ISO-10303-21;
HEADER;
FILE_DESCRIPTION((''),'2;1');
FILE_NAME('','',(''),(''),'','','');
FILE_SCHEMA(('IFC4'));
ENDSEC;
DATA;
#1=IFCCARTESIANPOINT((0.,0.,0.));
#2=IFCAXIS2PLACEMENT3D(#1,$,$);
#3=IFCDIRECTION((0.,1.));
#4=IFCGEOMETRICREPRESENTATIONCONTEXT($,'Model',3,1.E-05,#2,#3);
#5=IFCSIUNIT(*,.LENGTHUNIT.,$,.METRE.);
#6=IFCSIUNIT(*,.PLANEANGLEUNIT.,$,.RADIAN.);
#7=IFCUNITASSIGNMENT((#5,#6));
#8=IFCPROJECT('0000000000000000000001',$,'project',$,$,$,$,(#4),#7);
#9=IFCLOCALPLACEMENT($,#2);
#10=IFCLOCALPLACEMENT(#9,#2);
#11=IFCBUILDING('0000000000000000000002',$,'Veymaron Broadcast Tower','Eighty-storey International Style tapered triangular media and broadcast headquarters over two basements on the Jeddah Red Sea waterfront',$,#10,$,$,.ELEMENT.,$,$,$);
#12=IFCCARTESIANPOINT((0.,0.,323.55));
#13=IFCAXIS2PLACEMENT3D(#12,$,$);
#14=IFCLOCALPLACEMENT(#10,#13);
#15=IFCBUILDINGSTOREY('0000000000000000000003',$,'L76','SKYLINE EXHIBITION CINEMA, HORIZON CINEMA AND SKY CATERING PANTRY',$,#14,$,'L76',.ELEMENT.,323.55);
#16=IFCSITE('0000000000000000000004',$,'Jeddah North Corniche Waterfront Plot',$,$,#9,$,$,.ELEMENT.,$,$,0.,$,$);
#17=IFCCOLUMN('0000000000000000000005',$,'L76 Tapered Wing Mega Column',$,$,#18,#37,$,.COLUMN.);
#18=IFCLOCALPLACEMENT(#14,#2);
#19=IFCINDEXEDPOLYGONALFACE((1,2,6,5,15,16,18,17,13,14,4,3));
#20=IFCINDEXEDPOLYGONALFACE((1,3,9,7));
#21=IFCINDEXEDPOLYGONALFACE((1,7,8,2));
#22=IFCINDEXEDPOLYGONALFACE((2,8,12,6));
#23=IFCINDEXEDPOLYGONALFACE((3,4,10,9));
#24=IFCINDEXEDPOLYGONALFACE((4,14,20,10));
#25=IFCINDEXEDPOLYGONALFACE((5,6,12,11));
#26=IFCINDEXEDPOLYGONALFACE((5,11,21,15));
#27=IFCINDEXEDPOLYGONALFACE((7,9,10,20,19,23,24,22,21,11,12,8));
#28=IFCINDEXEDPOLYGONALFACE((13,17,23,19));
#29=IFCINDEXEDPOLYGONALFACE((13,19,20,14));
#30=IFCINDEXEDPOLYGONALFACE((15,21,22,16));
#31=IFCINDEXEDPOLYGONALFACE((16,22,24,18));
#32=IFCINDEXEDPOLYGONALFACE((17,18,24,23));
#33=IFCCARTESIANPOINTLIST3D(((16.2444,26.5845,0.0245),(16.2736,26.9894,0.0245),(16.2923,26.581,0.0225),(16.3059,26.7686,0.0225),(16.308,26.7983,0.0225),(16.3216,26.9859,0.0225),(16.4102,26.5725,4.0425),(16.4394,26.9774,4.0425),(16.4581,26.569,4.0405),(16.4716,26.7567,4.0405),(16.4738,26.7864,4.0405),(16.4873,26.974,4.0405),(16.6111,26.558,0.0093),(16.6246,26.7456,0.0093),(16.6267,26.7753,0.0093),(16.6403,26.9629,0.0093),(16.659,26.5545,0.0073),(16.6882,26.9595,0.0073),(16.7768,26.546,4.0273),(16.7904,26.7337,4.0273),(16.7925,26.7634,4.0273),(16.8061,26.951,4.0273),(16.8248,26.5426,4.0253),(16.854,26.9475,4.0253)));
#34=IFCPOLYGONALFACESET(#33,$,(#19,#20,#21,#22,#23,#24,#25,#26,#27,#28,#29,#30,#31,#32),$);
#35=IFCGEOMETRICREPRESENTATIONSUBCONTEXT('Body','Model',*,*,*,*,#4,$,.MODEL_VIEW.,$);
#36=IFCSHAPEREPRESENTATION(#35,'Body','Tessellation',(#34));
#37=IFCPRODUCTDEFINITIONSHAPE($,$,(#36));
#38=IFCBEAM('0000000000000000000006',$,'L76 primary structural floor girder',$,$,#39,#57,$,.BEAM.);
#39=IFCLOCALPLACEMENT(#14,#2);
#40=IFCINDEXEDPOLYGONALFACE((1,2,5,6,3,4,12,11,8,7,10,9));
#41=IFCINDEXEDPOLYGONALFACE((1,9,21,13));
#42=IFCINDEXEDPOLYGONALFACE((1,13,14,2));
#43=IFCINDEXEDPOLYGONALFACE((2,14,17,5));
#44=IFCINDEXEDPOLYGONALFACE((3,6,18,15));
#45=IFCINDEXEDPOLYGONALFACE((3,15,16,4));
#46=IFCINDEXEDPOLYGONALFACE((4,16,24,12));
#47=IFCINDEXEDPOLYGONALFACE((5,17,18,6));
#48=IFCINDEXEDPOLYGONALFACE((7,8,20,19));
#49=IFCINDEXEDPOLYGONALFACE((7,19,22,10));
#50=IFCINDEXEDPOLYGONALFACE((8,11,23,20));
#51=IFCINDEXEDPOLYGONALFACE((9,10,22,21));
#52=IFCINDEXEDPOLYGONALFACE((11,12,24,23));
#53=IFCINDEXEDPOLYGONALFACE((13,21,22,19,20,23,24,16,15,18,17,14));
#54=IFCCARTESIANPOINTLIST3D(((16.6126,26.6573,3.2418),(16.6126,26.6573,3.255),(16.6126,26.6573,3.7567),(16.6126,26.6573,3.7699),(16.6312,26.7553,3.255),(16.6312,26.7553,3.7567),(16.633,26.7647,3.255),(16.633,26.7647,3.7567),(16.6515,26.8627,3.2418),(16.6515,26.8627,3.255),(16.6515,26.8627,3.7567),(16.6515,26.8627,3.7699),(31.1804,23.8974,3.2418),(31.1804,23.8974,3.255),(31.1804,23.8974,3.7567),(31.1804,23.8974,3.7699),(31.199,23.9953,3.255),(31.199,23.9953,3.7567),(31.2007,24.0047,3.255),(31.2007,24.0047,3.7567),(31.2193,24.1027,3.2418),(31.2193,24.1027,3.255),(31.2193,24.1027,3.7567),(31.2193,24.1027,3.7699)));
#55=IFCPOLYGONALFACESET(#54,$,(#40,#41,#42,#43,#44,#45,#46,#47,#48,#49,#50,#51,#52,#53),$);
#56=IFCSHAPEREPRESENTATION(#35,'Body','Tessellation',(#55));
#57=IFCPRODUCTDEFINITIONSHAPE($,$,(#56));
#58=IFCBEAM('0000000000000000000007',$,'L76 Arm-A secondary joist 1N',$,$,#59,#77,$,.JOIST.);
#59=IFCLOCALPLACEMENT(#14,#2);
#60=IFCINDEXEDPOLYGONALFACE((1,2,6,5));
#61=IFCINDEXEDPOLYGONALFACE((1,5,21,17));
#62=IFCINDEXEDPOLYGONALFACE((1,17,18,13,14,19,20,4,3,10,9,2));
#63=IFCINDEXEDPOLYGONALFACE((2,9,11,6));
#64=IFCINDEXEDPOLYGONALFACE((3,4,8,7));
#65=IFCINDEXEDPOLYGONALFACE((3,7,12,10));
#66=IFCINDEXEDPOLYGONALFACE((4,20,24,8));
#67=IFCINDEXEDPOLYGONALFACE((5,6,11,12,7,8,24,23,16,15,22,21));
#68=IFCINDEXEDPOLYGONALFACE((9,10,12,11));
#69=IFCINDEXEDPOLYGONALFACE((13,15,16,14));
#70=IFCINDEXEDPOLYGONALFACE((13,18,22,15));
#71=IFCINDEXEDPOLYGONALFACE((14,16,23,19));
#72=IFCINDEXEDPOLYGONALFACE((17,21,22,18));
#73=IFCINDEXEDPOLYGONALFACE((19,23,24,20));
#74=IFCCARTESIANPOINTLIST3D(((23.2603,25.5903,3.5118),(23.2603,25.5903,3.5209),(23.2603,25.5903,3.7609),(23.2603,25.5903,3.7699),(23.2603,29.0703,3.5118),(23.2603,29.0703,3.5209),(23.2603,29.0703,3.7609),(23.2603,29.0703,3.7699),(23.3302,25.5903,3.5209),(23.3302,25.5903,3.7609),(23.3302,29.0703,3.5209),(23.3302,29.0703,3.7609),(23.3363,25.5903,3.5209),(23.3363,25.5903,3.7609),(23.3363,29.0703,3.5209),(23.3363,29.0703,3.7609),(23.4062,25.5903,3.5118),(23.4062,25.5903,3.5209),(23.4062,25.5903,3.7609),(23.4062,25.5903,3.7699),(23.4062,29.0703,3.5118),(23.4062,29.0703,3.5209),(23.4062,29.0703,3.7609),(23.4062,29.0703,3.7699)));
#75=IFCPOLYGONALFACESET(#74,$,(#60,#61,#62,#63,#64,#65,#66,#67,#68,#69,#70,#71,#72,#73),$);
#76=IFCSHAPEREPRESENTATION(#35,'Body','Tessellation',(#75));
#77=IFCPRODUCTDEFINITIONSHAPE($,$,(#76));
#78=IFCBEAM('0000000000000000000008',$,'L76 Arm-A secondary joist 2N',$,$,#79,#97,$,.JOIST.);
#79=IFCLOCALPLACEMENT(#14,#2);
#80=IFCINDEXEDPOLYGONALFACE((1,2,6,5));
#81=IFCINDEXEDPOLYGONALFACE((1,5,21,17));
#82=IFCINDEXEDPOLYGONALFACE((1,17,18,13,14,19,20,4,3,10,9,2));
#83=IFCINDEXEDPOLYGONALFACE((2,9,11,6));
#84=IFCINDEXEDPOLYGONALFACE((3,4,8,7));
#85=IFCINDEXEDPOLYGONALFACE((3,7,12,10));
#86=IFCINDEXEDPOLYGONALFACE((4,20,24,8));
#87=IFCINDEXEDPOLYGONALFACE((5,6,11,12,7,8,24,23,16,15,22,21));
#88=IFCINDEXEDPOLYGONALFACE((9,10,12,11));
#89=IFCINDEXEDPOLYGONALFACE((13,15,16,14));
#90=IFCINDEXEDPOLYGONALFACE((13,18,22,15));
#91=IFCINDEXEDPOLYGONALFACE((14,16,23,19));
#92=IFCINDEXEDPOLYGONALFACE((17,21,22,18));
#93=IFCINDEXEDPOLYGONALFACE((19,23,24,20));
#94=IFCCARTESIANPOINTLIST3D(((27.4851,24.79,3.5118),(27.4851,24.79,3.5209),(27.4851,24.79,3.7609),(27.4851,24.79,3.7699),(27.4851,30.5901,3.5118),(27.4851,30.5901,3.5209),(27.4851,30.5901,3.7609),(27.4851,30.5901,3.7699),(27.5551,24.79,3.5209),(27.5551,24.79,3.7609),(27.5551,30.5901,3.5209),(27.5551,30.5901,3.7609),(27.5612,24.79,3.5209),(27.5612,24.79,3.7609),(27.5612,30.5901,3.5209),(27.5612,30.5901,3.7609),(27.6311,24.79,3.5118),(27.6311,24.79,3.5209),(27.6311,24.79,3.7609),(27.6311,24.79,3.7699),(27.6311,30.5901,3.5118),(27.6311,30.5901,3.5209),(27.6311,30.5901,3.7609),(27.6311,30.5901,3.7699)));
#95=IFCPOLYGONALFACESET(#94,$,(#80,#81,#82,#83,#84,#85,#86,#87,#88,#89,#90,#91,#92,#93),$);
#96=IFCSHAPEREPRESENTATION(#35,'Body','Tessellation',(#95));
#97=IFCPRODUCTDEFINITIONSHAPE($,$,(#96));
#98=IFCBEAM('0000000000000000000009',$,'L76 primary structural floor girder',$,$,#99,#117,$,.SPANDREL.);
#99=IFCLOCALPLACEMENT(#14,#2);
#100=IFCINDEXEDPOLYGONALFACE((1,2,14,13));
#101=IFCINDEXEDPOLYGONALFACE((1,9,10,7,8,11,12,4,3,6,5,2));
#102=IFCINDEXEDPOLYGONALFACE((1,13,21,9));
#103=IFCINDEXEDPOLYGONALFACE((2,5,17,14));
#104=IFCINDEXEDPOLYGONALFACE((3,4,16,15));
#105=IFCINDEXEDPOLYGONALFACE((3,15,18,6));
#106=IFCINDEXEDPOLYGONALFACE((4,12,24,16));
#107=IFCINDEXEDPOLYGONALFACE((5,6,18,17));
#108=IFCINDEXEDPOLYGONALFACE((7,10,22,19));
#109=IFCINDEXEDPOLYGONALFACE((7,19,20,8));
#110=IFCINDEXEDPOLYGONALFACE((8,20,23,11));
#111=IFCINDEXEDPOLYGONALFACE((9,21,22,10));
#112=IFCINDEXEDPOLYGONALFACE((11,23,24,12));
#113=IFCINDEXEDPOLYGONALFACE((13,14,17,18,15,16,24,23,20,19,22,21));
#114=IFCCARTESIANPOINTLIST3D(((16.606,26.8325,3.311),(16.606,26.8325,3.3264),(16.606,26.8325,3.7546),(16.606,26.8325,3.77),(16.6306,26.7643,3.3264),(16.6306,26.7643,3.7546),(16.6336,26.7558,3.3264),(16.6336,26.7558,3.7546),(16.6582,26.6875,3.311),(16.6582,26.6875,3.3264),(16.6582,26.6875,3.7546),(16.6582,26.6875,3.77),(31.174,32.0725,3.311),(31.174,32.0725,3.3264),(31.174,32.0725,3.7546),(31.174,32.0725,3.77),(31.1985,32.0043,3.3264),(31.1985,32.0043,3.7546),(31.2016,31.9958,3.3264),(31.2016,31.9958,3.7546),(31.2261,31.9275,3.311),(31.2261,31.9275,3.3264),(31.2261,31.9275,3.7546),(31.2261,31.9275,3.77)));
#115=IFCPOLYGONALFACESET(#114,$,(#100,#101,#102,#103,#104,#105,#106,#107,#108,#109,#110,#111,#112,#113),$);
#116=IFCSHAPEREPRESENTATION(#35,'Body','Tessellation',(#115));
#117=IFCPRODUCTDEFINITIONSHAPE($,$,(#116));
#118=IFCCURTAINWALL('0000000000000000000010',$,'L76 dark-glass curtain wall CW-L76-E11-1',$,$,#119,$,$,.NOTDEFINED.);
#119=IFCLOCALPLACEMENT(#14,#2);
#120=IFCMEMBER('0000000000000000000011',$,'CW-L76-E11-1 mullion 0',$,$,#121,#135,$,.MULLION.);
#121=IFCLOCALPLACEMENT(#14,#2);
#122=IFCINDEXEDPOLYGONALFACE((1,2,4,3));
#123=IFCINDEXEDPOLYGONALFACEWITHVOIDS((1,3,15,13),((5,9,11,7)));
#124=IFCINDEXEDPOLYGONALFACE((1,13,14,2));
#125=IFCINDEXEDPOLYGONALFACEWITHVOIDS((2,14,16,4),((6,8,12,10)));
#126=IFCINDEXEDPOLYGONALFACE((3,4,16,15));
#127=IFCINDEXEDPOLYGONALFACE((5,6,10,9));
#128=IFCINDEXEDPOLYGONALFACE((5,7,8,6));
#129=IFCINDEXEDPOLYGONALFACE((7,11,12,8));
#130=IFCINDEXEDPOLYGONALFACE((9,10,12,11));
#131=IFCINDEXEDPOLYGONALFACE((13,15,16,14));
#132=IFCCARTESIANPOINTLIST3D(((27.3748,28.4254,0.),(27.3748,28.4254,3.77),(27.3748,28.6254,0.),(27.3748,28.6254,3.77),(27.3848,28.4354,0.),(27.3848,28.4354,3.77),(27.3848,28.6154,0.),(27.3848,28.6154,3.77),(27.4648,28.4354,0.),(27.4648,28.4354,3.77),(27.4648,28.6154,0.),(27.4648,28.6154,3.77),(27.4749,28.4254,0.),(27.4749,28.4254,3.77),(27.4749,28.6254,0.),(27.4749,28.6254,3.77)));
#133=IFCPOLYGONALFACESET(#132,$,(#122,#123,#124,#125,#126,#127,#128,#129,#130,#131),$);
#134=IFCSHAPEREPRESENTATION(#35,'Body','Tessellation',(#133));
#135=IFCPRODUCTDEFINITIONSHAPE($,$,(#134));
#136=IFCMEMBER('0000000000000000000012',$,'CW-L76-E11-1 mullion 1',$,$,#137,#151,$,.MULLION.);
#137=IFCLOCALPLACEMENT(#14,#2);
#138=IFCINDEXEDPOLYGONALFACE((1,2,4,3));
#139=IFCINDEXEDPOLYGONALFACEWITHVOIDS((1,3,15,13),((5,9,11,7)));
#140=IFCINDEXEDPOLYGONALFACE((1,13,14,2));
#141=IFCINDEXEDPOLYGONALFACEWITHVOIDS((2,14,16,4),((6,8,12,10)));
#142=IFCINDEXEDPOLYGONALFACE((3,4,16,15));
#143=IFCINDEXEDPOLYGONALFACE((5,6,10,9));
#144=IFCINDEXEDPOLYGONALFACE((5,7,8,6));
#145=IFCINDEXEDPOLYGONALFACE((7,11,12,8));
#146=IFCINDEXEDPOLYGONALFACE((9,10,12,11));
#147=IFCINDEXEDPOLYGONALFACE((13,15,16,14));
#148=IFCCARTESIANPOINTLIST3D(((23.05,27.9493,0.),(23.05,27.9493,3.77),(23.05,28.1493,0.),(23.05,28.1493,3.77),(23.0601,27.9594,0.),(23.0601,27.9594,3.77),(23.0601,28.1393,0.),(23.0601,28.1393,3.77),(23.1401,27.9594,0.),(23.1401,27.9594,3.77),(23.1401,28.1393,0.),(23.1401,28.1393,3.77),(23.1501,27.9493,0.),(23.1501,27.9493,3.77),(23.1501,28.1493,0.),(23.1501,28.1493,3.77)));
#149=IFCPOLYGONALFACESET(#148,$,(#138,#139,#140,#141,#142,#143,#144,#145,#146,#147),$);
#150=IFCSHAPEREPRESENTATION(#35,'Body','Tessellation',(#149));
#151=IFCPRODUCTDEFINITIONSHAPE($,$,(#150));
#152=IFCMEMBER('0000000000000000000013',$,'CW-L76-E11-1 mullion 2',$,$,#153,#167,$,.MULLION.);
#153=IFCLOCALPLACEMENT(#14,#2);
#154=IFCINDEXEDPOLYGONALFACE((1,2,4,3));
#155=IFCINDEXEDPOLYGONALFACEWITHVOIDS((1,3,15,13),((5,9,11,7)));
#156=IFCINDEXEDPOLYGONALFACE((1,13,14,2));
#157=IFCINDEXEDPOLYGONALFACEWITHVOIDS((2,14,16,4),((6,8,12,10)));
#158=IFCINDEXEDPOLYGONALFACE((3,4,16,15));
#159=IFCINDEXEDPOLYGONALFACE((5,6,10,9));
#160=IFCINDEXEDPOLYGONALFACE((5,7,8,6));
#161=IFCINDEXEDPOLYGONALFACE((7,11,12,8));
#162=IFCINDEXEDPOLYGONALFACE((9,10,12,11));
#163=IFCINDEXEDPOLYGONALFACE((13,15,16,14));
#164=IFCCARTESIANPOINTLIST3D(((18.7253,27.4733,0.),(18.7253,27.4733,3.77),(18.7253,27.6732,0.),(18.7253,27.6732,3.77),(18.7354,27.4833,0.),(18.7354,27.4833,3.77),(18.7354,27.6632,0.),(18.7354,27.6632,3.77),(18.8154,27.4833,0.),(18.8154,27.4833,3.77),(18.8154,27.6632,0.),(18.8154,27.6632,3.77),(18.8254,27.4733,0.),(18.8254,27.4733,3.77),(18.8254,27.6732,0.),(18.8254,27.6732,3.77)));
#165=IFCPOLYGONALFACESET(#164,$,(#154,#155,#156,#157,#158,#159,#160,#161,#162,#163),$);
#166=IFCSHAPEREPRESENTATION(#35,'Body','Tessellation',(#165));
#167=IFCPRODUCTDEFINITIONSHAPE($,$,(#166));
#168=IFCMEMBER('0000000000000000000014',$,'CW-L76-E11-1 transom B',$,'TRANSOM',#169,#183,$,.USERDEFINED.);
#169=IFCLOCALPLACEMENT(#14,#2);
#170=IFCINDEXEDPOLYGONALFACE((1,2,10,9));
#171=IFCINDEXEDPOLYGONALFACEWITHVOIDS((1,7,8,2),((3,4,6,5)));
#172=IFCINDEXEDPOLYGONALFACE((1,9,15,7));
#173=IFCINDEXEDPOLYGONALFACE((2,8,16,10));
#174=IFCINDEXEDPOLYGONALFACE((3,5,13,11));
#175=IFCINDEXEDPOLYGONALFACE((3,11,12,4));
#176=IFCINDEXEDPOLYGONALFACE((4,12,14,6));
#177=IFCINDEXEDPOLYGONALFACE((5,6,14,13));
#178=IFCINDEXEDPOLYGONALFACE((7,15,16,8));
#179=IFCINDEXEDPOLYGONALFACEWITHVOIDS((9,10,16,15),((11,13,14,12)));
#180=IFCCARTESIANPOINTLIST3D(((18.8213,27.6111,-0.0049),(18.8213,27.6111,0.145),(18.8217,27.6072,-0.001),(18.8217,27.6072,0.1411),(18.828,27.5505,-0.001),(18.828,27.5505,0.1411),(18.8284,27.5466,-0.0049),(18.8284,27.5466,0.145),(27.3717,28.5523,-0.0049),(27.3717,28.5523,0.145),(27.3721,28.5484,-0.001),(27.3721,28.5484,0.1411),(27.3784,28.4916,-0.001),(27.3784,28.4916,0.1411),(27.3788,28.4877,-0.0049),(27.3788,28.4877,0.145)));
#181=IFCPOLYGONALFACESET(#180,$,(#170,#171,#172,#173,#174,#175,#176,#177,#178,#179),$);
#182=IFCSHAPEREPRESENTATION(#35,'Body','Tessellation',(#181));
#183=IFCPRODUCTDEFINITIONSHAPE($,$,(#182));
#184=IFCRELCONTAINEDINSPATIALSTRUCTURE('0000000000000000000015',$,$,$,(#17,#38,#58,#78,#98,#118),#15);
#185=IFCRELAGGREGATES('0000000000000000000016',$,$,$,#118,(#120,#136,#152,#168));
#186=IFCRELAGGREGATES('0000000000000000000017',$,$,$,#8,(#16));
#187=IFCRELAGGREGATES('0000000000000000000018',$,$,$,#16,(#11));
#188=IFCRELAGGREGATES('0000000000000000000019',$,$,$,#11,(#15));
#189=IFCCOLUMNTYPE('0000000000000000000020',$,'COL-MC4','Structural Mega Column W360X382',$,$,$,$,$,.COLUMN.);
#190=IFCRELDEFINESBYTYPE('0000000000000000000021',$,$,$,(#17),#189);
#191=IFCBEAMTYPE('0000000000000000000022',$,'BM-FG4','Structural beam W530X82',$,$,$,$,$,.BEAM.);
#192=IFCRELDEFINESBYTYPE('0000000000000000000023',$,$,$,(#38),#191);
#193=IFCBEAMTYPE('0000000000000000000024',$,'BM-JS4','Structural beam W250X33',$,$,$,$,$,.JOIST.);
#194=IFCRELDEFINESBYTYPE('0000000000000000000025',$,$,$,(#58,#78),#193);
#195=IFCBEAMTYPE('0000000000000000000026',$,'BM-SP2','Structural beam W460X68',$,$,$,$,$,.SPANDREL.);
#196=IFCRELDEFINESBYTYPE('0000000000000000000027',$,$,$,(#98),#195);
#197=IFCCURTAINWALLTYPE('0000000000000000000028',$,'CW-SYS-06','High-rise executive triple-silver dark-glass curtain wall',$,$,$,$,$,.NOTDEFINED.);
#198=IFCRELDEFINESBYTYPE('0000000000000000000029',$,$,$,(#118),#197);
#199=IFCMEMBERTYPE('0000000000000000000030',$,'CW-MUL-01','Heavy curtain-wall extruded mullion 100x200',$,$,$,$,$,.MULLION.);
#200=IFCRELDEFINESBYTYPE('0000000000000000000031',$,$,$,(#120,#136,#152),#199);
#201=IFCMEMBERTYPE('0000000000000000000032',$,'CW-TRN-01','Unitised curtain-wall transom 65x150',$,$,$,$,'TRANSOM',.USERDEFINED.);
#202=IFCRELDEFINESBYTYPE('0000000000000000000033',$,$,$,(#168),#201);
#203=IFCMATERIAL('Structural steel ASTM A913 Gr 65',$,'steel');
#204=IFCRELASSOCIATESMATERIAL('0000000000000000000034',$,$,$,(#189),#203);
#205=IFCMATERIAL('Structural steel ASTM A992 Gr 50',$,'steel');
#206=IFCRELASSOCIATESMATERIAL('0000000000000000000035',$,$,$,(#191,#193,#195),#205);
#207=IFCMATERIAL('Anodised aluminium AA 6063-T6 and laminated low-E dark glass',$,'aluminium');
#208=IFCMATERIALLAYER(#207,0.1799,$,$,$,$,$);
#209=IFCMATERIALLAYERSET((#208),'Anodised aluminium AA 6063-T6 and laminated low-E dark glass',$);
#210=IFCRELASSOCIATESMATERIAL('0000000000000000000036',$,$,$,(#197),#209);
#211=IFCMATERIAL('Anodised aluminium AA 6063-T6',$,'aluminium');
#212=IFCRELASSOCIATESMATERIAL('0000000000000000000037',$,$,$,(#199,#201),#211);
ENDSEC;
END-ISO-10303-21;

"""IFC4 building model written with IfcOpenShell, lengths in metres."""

from ifc_helpers import new_model, si_unit, direction, frame, origin, origin_2d, place, context, subcontext, project, spatial, hollow_rectangle, i_section, extrude, material, layer, layer_set, material_profile, profile_set, type_object, element, aggregate, save


model = new_model("IFC4")

# Units and contexts
model_context = context("Model", 3, precision=1e-05, world=origin(), true_north=direction((0.0, 1.0)))
body_context = subcontext(model_context, "Body", "Model", "MODEL_VIEW")
ifc_project = project(units=[si_unit("LENGTHUNIT", "METRE"), si_unit("PLANEANGLEUNIT", "RADIAN")], contexts=[model_context])

# Site, building, storey
site_placement = place(None, origin())
site = spatial("IfcSite", under=ifc_project, at=site_placement, Name="Jeddah North Corniche Waterfront Plot", CompositionType="ELEMENT", RefElevation=0.0)
building_placement = place(site_placement, origin())
building = spatial("IfcBuilding", under=site, at=building_placement, Name="Veymaron Broadcast Tower", Description="Eighty-storey International Style tapered triangular media and broadcast headquarters over two basements on the Jeddah Red Sea waterfront", CompositionType="ELEMENT")
storey_placement = place(building_placement, frame((0.0, 0.0, 323.55)))
storey = spatial("IfcBuildingStorey", under=building, at=storey_placement, Name="L76", Description="SKYLINE EXHIBITION CINEMA, HORIZON CINEMA AND SKY CATERING PANTRY", LongName="L76", CompositionType="ELEMENT", Elevation=323.55)

# Column
ifc_material_1 = material(Name="Structural steel ASTM A913 Gr 65", Category="steel")
ifc_material_profile_1 = material_profile(ifc_material_1, i_section(OverallWidth=0.406, OverallDepth=0.416, WebThickness=0.0298, FlangeThickness=0.0481, at=origin_2d()), Name="W360X382")
ifc_profile_set_1 = profile_set([ifc_material_profile_1], Name="Structural steel ASTM A913 Gr 65")
column_type = type_object("IfcColumnType", Name="COL-MC4", Description="Structural Mega Column W360X382", PredefinedType="COLUMN", material=ifc_profile_set_1)
column_placement = place(storey_placement, frame((16.4663, 26.772, 0.0159), z_axis=(0.041221, -0.002975, 0.999146), x_axis=(0.071978, 0.997406, 0.0)))
element("IfcColumn", 1, at=column_placement, inside=storey, type_object=column_type, Name="L76 Tapered Wing Mega Column", PredefinedType="COLUMN", context=body_context, shape_type="SweptSolid", body=[
    extrude(i_section(OverallWidth=0.406, OverallDepth=0.416, WebThickness=0.0298, FlangeThickness=0.0481, at=origin_2d()), origin(), (0.0, 0.0, 1.0), 4.0215),
])

# Beams
ifc_material_2 = material(Name="Structural steel ASTM A992 Gr 50", Category="steel")
ifc_material_profile_2 = material_profile(ifc_material_2, i_section(OverallWidth=0.209, OverallDepth=0.5281, WebThickness=0.0095, FlangeThickness=0.0132, at=origin_2d()), Name="W530X82")
ifc_profile_set_2 = profile_set([ifc_material_profile_2], Name="Structural steel ASTM A992 Gr 50")
beam_type_1 = type_object("IfcBeamType", Name="BM-FG4", Description="Structural beam W530X82", PredefinedType="BEAM", material=ifc_profile_set_2)
beam_1_placement = place(storey_placement, frame((16.6321, 26.76, 3.5059), z_axis=(0.982522, -0.186147, 0.0), x_axis=(0.186147, 0.982522, 0.0)))
element("IfcBeam", 2, at=beam_1_placement, inside=storey, type_object=beam_type_1, Name="L76 primary structural floor girder", PredefinedType="BEAM", context=body_context, shape_type="SweptSolid", body=[
    extrude(i_section(OverallWidth=0.209, OverallDepth=0.5281, WebThickness=0.0095, FlangeThickness=0.0132, at=origin_2d()), origin(), (0.0, 0.0, 1.0), 14.8269),
])
ifc_material_profile_3 = material_profile(ifc_material_2, i_section(OverallWidth=0.146, OverallDepth=0.2581, WebThickness=0.0061, FlangeThickness=0.009, at=origin_2d()), Name="W250X33")
ifc_profile_set_3 = profile_set([ifc_material_profile_3], Name="Structural steel ASTM A992 Gr 50")
beam_type_2 = type_object("IfcBeamType", Name="BM-JS4", Description="Structural beam W250X33", PredefinedType="JOIST", material=ifc_profile_set_3)
beam_2_placement = place(storey_placement, frame((23.3333, 25.5903, 3.6409), z_axis=(0.0, 1.0, 0.0), x_axis=(-1.0, 0.0, 0.0)))
element("IfcBeam", 3, at=beam_2_placement, inside=storey, type_object=beam_type_2, Name="L76 Arm-A secondary joist 1N", PredefinedType="JOIST", context=body_context, shape_type="SweptSolid", body=[
    extrude(i_section(OverallWidth=0.146, OverallDepth=0.2581, WebThickness=0.0061, FlangeThickness=0.009, at=origin_2d()), origin(), (0.0, 0.0, 1.0), 3.48),
])
beam_3_placement = place(storey_placement, frame((27.5581, 24.79, 3.6409), z_axis=(0.0, 1.0, 0.0), x_axis=(-1.0, 0.0, 0.0)))
element("IfcBeam", 4, at=beam_3_placement, inside=storey, type_object=beam_type_2, Name="L76 Arm-A secondary joist 2N", PredefinedType="JOIST", context=body_context, shape_type="SweptSolid", body=[
    extrude(i_section(OverallWidth=0.146, OverallDepth=0.2581, WebThickness=0.0061, FlangeThickness=0.009, at=origin_2d()), origin(), (0.0, 0.0, 1.0), 5.8),
])
ifc_material_profile_4 = material_profile(ifc_material_2, i_section(OverallWidth=0.1541, OverallDepth=0.459, WebThickness=0.009, FlangeThickness=0.0154, at=origin_2d()), Name="W460X68")
ifc_profile_set_4 = profile_set([ifc_material_profile_4], Name="Structural steel ASTM A992 Gr 50")
beam_type_3 = type_object("IfcBeamType", Name="BM-SP2", Description="Structural beam W460X68", PredefinedType="SPANDREL", material=ifc_profile_set_4)
beam_4_placement = place(storey_placement, frame((16.6321, 26.76, 3.5405), z_axis=(0.940979, 0.338465, 0.0), x_axis=(-0.338465, 0.940979, 0.0)))
element("IfcBeam", 5, at=beam_4_placement, inside=storey, type_object=beam_type_3, Name="L76 primary structural floor girder", PredefinedType="SPANDREL", context=body_context, shape_type="SweptSolid", body=[
    extrude(i_section(OverallWidth=0.1541, OverallDepth=0.459, WebThickness=0.009, FlangeThickness=0.0154, at=origin_2d()), origin(), (0.0, 0.0, 1.0), 15.4817),
])

# Curtain wall, members
ifc_material_3 = material(Name="Anodised aluminium AA 6063-T6 and laminated low-E dark glass", Category="aluminium")
ifc_layer_1 = layer(ifc_material_3, 0.1799)
ifc_layer_set_1 = layer_set([ifc_layer_1], Name="Anodised aluminium AA 6063-T6 and laminated low-E dark glass")
curtain_wall_type = type_object("IfcCurtainWallType", Name="CW-SYS-06", Description="High-rise executive triple-silver dark-glass curtain wall", PredefinedType="NOTDEFINED", material=ifc_layer_set_1)
curtain_wall_placement = place(storey_placement, origin())
curtain_wall = element("IfcCurtainWall", 6, at=curtain_wall_placement, inside=storey, type_object=curtain_wall_type, Name="L76 dark-glass curtain wall CW-L76-E11-1", PredefinedType="NOTDEFINED")
ifc_material_4 = material(Name="Anodised aluminium AA 6063-T6", Category="aluminium")
ifc_material_profile_5 = material_profile(ifc_material_4, hollow_rectangle(XDim=0.1001, YDim=0.2, WallThickness=0.01, at=origin_2d()), Name="RHS200X100X10")
ifc_profile_set_5 = profile_set([ifc_material_profile_5], Name="Anodised aluminium AA 6063-T6")
member_type_1 = type_object("IfcMemberType", Name="CW-MUL-01", Description="Heavy curtain-wall extruded mullion 100x200", PredefinedType="MULLION", material=ifc_profile_set_5)
member_1_placement = place(storey_placement, frame((27.4248, 28.5254, 0.0), z_axis=(0.0, 0.0, 1.0), x_axis=(1.0, 0.0, 0.0)))
member_1 = element("IfcMember", 7, at=member_1_placement, type_object=member_type_1, Name="CW-L76-E11-1 mullion 0", PredefinedType="MULLION", context=body_context, shape_type="SweptSolid", body=[
    extrude(hollow_rectangle(XDim=0.1001, YDim=0.2, WallThickness=0.01, at=origin_2d()), origin(), (0.0, 0.0, 1.0), 3.77),
])
member_2_placement = place(storey_placement, frame((23.1001, 28.0493, 0.0), z_axis=(0.0, 0.0, 1.0), x_axis=(1.0, 0.0, 0.0)))
member_2 = element("IfcMember", 8, at=member_2_placement, type_object=member_type_1, Name="CW-L76-E11-1 mullion 1", PredefinedType="MULLION", context=body_context, shape_type="SweptSolid", body=[
    extrude(hollow_rectangle(XDim=0.1001, YDim=0.2, WallThickness=0.01, at=origin_2d()), origin(), (0.0, 0.0, 1.0), 3.77),
])
member_3_placement = place(storey_placement, frame((18.7754, 27.5732, 0.0), z_axis=(0.0, 0.0, 1.0), x_axis=(1.0, 0.0, 0.0)))
member_3 = element("IfcMember", 9, at=member_3_placement, type_object=member_type_1, Name="CW-L76-E11-1 mullion 2", PredefinedType="MULLION", context=body_context, shape_type="SweptSolid", body=[
    extrude(hollow_rectangle(XDim=0.1001, YDim=0.2, WallThickness=0.01, at=origin_2d()), origin(), (0.0, 0.0, 1.0), 3.77),
])
ifc_material_profile_6 = material_profile(ifc_material_4, hollow_rectangle(XDim=0.0649, YDim=0.1499, WallThickness=0.0039, at=origin_2d()), Name="AL150X65X4")
ifc_profile_set_6 = profile_set([ifc_material_profile_6], Name="Anodised aluminium AA 6063-T6")
member_type_2 = type_object("IfcMemberType", Name="CW-TRN-01", Description="Unitised curtain-wall transom 65x150", ElementType="TRANSOM", PredefinedType="USERDEFINED", material=ifc_profile_set_6)
member_4_placement = place(storey_placement, frame((27.3752, 28.52, 0.0701), z_axis=(-0.993996, -0.109413, 0.0), x_axis=(0.109413, -0.993996, 0.0)))
member_4 = element("IfcMember", 10, at=member_4_placement, type_object=member_type_2, Name="CW-L76-E11-1 transom B", ObjectType="TRANSOM", PredefinedType="USERDEFINED", context=body_context, shape_type="SweptSolid", body=[
    extrude(hollow_rectangle(XDim=0.0649, YDim=0.1499, WallThickness=0.0039, at=origin_2d()), origin(), (0.0, 0.0, 1.0), 8.6021),
])
aggregate(curtain_wall, [member_1, member_2, member_3, member_4])

save(model, "model.ifc")
